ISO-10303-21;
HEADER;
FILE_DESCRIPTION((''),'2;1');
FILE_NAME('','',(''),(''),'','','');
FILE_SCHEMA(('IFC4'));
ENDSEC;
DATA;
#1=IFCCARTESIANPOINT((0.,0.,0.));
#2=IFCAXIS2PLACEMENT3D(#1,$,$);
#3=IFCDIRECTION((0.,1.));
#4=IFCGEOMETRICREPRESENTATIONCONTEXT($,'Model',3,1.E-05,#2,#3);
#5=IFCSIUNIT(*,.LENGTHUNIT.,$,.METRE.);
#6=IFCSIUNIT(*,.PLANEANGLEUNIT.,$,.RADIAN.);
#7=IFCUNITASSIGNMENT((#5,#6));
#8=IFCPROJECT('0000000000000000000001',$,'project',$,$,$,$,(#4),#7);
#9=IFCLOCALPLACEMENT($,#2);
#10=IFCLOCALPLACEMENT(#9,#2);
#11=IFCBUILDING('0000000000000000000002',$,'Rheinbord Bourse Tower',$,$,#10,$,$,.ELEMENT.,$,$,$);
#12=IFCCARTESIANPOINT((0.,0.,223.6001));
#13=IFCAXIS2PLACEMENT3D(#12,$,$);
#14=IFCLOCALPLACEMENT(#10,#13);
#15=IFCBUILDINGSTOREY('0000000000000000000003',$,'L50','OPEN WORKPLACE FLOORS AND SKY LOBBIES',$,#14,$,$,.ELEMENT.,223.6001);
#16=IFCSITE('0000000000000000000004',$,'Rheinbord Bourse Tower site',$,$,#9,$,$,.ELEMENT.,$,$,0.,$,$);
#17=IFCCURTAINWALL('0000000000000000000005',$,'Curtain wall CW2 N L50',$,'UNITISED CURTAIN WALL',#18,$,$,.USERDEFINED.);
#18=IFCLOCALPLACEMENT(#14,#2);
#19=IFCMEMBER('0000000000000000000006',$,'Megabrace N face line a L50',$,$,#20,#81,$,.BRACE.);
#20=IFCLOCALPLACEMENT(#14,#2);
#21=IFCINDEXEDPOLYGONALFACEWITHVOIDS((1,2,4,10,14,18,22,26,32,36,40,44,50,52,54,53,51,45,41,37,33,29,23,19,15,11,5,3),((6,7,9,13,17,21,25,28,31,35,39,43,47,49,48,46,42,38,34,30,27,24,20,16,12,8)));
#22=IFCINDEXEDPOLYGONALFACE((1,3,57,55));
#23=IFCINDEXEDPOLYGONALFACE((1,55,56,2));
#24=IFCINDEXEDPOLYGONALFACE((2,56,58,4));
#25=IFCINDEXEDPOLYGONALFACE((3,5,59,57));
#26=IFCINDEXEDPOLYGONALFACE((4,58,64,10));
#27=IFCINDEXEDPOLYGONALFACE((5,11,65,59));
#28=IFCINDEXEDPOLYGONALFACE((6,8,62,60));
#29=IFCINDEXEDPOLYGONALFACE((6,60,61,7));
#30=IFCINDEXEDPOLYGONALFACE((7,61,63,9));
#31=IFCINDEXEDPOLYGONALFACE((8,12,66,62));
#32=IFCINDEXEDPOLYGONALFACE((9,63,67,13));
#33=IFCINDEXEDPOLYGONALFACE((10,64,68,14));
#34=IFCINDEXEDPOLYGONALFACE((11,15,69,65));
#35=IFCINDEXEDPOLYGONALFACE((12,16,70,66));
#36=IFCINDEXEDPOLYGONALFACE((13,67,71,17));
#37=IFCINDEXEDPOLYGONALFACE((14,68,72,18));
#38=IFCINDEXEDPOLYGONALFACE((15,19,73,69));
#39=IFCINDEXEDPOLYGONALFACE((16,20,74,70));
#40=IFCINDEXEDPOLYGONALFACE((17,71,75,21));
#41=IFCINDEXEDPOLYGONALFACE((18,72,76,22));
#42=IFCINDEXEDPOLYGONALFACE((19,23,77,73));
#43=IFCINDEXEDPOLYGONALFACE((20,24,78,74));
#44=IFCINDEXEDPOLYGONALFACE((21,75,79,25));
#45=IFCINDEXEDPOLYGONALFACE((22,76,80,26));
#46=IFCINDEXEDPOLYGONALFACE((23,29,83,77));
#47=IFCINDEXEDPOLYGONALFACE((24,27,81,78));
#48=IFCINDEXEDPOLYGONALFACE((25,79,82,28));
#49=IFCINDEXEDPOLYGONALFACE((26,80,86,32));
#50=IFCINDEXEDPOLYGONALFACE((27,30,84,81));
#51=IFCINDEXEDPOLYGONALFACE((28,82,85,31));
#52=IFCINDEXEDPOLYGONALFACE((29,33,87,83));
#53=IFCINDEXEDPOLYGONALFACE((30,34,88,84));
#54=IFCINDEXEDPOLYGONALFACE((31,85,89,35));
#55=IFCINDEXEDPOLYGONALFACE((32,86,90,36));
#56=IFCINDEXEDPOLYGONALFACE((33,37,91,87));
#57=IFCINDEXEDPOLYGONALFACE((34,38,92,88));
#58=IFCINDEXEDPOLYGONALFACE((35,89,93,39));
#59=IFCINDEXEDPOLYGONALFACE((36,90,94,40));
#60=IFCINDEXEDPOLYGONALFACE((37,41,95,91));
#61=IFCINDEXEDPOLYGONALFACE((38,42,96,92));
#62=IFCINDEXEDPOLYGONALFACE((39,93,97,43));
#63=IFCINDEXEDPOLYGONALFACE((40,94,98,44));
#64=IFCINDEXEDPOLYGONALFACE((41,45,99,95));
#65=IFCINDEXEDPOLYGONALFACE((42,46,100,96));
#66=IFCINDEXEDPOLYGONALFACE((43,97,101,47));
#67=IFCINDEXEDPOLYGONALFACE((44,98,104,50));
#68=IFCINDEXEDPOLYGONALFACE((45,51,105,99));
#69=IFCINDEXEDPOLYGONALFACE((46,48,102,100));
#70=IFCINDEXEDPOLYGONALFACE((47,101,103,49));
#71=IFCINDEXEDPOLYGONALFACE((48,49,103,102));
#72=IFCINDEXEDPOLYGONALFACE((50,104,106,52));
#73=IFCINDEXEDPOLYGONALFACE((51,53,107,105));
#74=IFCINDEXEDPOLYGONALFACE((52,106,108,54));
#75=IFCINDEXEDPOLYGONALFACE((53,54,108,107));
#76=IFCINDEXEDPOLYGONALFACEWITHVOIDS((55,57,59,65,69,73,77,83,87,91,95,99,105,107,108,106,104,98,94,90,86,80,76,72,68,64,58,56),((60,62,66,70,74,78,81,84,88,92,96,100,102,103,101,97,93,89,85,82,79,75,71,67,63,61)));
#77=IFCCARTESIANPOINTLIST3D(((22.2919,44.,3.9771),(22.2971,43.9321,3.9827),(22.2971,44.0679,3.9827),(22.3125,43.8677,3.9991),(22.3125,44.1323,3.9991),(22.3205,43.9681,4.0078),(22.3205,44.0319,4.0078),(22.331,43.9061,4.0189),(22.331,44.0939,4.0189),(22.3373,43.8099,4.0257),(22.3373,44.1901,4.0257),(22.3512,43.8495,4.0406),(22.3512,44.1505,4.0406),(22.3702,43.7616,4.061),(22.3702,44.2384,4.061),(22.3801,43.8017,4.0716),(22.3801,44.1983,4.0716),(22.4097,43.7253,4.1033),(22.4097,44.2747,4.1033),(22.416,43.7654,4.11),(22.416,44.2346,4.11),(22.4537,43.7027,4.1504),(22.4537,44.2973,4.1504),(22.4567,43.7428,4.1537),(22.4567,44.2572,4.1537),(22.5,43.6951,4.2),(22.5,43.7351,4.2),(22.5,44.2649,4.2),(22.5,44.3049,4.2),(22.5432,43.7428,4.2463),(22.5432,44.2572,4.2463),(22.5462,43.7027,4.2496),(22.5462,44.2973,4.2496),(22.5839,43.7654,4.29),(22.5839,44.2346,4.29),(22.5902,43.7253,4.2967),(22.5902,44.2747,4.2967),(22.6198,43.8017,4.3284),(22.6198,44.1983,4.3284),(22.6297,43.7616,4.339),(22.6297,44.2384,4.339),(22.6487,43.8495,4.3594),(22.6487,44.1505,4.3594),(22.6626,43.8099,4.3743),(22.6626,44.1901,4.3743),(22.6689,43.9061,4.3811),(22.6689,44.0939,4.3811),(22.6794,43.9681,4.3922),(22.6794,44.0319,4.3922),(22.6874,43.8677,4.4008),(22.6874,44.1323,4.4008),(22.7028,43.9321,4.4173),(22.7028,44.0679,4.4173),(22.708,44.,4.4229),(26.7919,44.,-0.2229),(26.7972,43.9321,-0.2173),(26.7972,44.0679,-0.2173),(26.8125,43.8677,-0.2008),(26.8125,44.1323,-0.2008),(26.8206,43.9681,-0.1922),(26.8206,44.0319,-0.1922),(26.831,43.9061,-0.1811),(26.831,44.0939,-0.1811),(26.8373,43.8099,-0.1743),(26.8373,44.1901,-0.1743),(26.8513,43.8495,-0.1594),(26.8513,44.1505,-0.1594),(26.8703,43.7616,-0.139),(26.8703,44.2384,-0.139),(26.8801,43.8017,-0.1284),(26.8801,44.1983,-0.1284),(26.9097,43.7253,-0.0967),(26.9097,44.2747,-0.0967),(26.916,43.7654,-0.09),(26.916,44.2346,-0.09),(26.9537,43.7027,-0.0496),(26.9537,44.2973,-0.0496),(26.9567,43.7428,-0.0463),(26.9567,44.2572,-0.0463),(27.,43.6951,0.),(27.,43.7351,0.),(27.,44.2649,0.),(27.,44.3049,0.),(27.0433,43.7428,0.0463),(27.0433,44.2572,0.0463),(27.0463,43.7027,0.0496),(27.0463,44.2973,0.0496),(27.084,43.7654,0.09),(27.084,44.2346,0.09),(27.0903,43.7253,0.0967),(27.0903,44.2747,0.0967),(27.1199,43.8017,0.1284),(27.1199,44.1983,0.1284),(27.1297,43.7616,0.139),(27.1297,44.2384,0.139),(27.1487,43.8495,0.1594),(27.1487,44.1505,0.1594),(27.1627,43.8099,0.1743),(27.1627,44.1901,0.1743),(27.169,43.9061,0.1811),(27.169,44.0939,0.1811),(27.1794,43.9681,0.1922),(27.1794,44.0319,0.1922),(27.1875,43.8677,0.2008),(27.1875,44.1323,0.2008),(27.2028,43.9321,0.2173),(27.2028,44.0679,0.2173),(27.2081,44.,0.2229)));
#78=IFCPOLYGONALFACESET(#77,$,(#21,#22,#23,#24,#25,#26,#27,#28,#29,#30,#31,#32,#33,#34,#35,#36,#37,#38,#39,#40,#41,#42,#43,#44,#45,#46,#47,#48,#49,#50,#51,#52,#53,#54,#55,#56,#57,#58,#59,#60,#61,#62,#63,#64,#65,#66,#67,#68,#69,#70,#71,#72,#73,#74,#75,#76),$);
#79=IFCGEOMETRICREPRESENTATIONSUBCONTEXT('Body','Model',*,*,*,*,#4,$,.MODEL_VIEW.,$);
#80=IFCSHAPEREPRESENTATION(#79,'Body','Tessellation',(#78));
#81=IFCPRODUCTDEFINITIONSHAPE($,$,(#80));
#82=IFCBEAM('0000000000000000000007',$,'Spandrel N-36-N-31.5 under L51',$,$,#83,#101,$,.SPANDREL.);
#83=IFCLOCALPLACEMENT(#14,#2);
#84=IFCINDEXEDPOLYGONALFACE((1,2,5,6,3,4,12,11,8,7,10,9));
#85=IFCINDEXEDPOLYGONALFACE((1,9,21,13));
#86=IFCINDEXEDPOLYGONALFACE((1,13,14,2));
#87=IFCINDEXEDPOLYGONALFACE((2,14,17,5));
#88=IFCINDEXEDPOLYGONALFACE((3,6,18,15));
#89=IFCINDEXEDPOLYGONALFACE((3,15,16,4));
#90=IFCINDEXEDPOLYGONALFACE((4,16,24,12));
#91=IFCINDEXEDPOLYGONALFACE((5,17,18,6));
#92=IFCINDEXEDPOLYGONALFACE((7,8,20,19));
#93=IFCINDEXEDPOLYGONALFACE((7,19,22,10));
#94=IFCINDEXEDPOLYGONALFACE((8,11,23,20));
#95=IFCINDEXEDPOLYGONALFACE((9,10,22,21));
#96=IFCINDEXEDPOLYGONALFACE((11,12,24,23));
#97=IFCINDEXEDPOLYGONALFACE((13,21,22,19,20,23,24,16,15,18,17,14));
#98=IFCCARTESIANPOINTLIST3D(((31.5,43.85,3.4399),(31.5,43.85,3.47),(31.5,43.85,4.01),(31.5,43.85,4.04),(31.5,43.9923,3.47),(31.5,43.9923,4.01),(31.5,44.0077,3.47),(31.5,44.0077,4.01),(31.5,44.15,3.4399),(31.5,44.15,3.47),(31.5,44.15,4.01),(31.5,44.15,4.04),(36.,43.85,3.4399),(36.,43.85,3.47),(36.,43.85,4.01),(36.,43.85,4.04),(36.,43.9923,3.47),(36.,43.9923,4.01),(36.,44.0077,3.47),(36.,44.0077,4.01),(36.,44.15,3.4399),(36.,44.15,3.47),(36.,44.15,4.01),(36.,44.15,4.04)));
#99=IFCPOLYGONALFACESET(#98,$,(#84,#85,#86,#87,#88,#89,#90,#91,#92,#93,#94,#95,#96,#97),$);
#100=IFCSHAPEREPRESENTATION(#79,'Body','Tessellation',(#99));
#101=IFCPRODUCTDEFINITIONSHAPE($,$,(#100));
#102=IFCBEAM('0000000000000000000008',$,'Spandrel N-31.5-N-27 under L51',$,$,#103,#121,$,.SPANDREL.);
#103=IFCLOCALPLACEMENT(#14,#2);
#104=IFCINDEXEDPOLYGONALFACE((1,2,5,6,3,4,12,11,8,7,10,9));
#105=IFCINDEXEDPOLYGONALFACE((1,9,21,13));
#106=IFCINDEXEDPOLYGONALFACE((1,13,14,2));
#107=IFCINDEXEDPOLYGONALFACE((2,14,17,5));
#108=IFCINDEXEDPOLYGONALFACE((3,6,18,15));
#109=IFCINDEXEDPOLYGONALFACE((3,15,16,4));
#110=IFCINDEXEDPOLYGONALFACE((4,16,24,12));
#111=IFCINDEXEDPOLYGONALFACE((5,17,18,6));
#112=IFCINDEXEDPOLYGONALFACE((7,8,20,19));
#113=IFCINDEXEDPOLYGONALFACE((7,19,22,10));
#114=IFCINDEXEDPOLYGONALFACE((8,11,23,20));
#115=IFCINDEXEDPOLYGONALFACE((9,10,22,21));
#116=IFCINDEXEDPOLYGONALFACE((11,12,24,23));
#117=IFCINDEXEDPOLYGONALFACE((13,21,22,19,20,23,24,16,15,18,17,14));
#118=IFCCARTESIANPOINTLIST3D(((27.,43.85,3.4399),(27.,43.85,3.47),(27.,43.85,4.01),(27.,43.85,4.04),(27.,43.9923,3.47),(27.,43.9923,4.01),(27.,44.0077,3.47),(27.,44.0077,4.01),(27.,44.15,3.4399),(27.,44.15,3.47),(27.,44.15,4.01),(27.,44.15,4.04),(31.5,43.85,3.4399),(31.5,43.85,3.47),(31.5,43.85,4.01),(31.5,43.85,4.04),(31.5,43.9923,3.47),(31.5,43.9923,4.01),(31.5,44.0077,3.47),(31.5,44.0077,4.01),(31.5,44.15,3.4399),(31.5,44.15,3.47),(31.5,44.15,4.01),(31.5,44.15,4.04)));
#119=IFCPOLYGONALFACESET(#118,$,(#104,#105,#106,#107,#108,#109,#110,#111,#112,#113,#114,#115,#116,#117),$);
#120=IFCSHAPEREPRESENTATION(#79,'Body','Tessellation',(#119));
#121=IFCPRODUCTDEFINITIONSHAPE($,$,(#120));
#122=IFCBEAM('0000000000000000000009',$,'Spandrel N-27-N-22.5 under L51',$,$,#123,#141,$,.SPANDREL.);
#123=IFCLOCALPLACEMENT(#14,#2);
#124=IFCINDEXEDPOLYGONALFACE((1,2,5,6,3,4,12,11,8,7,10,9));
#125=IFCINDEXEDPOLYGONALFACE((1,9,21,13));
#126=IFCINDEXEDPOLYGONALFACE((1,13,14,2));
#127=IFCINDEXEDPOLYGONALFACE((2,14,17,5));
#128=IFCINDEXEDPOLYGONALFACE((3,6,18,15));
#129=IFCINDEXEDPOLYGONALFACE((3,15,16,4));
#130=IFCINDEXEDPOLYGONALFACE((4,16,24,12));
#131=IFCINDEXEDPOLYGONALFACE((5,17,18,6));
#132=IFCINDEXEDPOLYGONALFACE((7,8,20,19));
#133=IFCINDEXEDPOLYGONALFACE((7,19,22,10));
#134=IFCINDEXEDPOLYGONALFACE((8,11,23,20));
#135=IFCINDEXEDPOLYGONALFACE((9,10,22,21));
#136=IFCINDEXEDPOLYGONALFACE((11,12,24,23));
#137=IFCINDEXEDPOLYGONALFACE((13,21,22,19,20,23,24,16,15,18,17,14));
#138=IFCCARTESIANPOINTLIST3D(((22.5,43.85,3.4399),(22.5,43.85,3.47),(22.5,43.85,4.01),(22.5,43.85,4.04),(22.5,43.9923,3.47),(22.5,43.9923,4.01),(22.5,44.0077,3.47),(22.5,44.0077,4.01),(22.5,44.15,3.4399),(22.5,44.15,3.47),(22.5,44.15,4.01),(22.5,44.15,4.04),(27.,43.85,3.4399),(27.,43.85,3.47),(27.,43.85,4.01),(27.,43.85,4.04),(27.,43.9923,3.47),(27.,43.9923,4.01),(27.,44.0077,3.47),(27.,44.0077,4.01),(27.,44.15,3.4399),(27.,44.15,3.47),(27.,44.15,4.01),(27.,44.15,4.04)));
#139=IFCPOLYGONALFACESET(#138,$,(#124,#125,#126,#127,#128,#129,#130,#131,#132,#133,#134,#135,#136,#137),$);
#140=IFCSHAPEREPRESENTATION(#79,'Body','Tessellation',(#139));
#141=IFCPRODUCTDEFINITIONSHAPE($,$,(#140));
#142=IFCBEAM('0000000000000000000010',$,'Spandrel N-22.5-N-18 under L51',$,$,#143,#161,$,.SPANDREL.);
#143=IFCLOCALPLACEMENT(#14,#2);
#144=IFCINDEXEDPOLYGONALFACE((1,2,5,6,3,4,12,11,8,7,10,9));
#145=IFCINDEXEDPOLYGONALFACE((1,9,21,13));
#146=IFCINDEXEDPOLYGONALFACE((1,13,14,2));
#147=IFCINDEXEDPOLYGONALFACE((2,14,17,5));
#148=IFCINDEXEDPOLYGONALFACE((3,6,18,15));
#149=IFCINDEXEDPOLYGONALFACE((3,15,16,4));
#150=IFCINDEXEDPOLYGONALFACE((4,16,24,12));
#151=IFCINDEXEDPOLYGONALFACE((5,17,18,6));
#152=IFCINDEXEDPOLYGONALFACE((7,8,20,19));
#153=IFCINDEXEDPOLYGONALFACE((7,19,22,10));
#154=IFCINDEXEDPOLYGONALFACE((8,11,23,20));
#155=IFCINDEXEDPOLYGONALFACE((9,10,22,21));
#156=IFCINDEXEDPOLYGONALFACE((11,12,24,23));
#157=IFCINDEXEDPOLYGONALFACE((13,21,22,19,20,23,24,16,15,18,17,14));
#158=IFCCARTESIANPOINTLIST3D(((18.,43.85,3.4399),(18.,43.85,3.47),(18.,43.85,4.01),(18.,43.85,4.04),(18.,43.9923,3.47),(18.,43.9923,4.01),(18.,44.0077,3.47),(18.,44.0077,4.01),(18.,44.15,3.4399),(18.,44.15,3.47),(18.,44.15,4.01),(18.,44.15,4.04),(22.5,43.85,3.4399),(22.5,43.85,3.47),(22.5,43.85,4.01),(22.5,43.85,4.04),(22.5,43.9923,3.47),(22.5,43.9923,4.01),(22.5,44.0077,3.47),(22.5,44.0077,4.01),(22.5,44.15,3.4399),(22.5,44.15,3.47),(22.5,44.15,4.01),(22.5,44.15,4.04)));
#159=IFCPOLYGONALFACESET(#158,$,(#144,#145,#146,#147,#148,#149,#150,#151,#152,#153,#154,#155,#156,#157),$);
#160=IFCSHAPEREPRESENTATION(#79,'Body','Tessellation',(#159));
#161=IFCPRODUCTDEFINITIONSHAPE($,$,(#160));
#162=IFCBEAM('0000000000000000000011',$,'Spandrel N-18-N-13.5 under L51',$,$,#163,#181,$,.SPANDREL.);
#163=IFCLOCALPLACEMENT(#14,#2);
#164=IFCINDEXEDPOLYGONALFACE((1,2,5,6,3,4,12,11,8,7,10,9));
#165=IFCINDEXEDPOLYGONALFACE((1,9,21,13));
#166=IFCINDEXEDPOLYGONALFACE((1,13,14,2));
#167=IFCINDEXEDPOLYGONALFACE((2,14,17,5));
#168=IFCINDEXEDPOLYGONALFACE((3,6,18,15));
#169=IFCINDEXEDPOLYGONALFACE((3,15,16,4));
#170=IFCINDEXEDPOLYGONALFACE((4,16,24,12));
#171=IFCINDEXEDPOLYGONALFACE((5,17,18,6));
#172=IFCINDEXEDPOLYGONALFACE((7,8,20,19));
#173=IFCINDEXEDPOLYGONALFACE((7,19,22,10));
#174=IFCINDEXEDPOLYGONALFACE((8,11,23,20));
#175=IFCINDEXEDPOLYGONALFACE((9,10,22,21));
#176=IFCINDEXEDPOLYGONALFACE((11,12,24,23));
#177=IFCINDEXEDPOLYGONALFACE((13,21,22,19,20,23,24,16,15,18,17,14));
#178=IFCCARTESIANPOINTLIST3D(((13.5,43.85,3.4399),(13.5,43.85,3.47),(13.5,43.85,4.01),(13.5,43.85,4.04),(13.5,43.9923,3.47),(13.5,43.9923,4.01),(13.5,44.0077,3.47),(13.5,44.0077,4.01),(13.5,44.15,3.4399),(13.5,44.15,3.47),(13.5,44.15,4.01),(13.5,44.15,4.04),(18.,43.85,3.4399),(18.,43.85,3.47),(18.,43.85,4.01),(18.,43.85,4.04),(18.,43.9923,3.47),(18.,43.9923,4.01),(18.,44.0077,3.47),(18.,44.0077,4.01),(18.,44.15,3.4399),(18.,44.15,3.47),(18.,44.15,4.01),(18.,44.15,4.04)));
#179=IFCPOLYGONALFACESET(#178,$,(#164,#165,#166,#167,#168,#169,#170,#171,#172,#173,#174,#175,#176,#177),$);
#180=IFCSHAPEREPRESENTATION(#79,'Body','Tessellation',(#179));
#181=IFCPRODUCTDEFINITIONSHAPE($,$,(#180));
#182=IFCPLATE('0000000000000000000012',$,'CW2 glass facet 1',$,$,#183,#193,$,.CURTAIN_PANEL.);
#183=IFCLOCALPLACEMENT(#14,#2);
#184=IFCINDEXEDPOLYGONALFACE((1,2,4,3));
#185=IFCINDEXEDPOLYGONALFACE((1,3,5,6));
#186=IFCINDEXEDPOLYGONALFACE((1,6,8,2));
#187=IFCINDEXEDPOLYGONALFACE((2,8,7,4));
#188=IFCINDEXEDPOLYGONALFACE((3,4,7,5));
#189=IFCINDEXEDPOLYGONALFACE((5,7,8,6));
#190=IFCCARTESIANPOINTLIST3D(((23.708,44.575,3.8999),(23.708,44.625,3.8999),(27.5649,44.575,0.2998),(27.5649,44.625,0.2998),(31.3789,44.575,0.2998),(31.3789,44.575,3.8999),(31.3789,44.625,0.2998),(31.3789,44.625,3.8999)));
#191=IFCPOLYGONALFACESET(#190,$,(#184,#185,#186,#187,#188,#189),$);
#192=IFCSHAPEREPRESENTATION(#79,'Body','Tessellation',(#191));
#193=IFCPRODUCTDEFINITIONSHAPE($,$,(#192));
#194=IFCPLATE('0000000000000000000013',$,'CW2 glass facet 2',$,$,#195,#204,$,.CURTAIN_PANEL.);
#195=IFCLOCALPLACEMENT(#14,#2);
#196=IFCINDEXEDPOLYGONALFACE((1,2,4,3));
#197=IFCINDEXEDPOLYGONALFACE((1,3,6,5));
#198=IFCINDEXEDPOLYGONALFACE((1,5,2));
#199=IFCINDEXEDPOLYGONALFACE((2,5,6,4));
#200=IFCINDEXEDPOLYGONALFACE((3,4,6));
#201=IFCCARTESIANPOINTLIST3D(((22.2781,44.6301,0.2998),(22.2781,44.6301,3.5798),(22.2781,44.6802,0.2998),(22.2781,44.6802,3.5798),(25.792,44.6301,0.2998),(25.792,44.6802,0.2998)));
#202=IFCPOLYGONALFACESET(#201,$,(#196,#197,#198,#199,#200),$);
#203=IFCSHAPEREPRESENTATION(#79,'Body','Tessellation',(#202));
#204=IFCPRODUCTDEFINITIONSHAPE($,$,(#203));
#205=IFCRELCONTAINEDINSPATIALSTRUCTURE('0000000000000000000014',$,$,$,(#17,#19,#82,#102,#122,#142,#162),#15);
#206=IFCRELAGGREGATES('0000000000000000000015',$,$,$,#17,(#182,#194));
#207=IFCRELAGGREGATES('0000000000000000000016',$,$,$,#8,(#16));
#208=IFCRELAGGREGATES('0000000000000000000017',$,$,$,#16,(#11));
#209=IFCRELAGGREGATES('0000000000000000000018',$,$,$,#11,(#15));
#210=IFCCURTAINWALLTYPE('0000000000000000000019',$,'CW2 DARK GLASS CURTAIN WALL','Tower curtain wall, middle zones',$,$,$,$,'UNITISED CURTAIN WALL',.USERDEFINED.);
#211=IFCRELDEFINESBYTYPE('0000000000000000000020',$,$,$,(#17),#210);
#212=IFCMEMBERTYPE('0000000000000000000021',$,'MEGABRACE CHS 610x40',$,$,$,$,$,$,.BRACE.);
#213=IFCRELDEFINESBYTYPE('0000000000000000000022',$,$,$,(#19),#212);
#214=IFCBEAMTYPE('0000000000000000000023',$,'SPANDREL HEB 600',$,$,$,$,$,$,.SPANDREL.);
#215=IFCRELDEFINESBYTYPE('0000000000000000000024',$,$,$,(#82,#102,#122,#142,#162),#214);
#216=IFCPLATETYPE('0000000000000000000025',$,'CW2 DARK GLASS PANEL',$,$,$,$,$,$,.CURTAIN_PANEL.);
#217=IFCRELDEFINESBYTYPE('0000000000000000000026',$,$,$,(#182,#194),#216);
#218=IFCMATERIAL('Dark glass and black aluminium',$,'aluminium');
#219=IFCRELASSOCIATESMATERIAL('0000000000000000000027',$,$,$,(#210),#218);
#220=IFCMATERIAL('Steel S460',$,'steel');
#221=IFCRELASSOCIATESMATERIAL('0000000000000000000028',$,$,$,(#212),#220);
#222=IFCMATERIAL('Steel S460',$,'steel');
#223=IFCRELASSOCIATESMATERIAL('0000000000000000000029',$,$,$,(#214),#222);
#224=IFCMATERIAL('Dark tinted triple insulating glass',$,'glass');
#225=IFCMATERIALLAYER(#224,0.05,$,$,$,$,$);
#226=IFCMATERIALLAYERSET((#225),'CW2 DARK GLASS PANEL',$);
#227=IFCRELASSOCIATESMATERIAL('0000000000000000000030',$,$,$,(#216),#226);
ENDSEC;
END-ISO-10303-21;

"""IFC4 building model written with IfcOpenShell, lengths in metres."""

from ifc_helpers import new_model, si_unit, direction, frame, origin, origin_2d, place, context, subcontext, project, spatial, polyline, hollow_circle, i_section, outline, extrude, material, layer, layer_set, material_profile, profile_set, type_object, element, aggregate, save


model = new_model("IFC4")

# Units and contexts
model_context = context("Model", 3, precision=1e-05, world=origin(), true_north=direction((0.0, 1.0)))
body_context = subcontext(model_context, "Body", "Model", "MODEL_VIEW")
ifc_project = project(units=[si_unit("LENGTHUNIT", "METRE"), si_unit("PLANEANGLEUNIT", "RADIAN")], contexts=[model_context])

# Site, building, storey
site_placement = place(None, origin())
site = spatial("IfcSite", under=ifc_project, at=site_placement, Name="Rheinbord Bourse Tower site", CompositionType="ELEMENT", RefElevation=0.0)
building_placement = place(site_placement, origin())
building = spatial("IfcBuilding", under=site, at=building_placement, Name="Rheinbord Bourse Tower", CompositionType="ELEMENT")
storey_placement = place(building_placement, frame((0.0, 0.0, 223.6001)))
storey = spatial("IfcBuildingStorey", under=building, at=storey_placement, Name="L50", Description="OPEN WORKPLACE FLOORS AND SKY LOBBIES", CompositionType="ELEMENT", Elevation=223.6001)

# Curtain wall
ifc_material_1 = material(Name="Dark glass and black aluminium", Category="aluminium")
curtain_wall_type = type_object("IfcCurtainWallType", Name="CW2 DARK GLASS CURTAIN WALL", Description="Tower curtain wall, middle zones", ElementType="UNITISED CURTAIN WALL", PredefinedType="USERDEFINED", material=ifc_material_1)
curtain_wall_placement = place(storey_placement, origin())
curtain_wall = element("IfcCurtainWall", 1, at=curtain_wall_placement, inside=storey, type_object=curtain_wall_type, Name="Curtain wall CW2 N L50", ObjectType="UNITISED CURTAIN WALL", PredefinedType="USERDEFINED")

# Member
ifc_material_2 = material(Name="Steel S460", Category="steel")
ifc_material_profile_1 = material_profile(ifc_material_2, hollow_circle(Radius=0.3049, WallThickness=0.04, at=origin_2d()), Name="CHS 610x40")
ifc_profile_set_1 = profile_set([ifc_material_profile_1], Name="Steel S460")
member_type_1 = type_object("IfcMemberType", Name="MEGABRACE CHS 610x40", PredefinedType="BRACE", material=ifc_profile_set_1)
member_1_placement = place(storey_placement, frame((27.0, 44.0, 0.0), z_axis=(-0.731059, 0.0, 0.682314), x_axis=(0.0, -1.0, 0.0)))
element("IfcMember", 2, at=member_1_placement, inside=storey, type_object=member_type_1, Name="Megabrace N face line a L50", PredefinedType="BRACE", context=body_context, shape_type="SweptSolid", body=[
    extrude(hollow_circle(Radius=0.3049, WallThickness=0.04, at=origin_2d()), origin(), (0.0, 0.0, 1.0), 6.1555),
])

# Beams
ifc_material_3 = material(Name="Steel S460", Category="steel")
ifc_material_profile_2 = material_profile(ifc_material_3, i_section(OverallWidth=0.3, OverallDepth=0.6001, WebThickness=0.0154, FlangeThickness=0.03, at=origin_2d()), Name="HEB 600")
ifc_profile_set_2 = profile_set([ifc_material_profile_2], Name="Steel S460")
beam_type_1 = type_object("IfcBeamType", Name="SPANDREL HEB 600", PredefinedType="SPANDREL", material=ifc_profile_set_2)
for number, where, z_axis, x_axis, name in (
    (3, (36.0, 44.0, 3.74), (-1.0, 0.0, 0.0), (0.0, -1.0, 0.0), "Spandrel N-36-N-31.5 under L51"),
    (4, (31.5, 44.0, 3.74), (-1.0, 0.0, 0.0), (0.0, -1.0, 0.0), "Spandrel N-31.5-N-27 under L51"),
    (5, (27.0, 44.0, 3.74), (-1.0, 0.0, 0.0), (0.0, -1.0, 0.0), "Spandrel N-27-N-22.5 under L51"),
    (6, (22.5, 44.0, 3.74), (-1.0, 0.0, 0.0), (0.0, -1.0, 0.0), "Spandrel N-22.5-N-18 under L51"),
    (7, (18.0, 44.0, 3.74), (-1.0, 0.0, 0.0), (0.0, -1.0, 0.0), "Spandrel N-18-N-13.5 under L51"),
):
    element("IfcBeam", number, at=place(storey_placement, frame(where, z_axis=z_axis, x_axis=x_axis)), inside=storey, type_object=beam_type_1, Name=name, PredefinedType="SPANDREL", context=body_context, shape_type="SweptSolid", body=[
        extrude(i_section(OverallWidth=0.3, OverallDepth=0.6001, WebThickness=0.0154, FlangeThickness=0.03, at=origin_2d()), origin(), (0.0, 0.0, 1.0), 4.5),
    ])

# Plates
ifc_material_4 = material(Name="Dark tinted triple insulating glass", Category="glass")
ifc_layer = layer(ifc_material_4, 0.05)
ifc_layer_set = layer_set([ifc_layer], Name="CW2 DARK GLASS PANEL")
plate_type = type_object("IfcPlateType", Name="CW2 DARK GLASS PANEL", PredefinedType="CURTAIN_PANEL", material=ifc_layer_set)
plate_1_placement = place(storey_placement, frame((31.3789, 44.625, 0.2998), z_axis=(0.0, -1.0, 0.0), x_axis=(0.0, 0.0, 1.0)))
plate_1 = element("IfcPlate", 8, at=plate_1_placement, type_object=plate_type, Name="CW2 glass facet 1", PredefinedType="CURTAIN_PANEL", context=body_context, shape_type="SweptSolid", body=[
    extrude(outline(polyline([(0.0, 0.0), (3.6001, 0.0), (3.6001, 7.6709), (0.0, 3.814), (0.0, 0.0)])), origin(), (0.0, 0.0, 1.0), 0.05),
])
plate_2_placement = place(storey_placement, frame((22.2781, 44.6802, 0.2998), z_axis=(0.0, -1.0, 0.0), x_axis=(1.0, 0.0, 0.0)))
plate_2 = element("IfcPlate", 9, at=plate_2_placement, type_object=plate_type, Name="CW2 glass facet 2", PredefinedType="CURTAIN_PANEL", context=body_context, shape_type="SweptSolid", body=[
    extrude(outline(polyline([(0.0, 0.0), (3.5139, 0.0), (0.0, 3.28), (0.0, 0.0)])), origin(), (0.0, 0.0, 1.0), 0.05),
])
aggregate(curtain_wall, [plate_1, plate_2])

save(model, "model.ifc")
